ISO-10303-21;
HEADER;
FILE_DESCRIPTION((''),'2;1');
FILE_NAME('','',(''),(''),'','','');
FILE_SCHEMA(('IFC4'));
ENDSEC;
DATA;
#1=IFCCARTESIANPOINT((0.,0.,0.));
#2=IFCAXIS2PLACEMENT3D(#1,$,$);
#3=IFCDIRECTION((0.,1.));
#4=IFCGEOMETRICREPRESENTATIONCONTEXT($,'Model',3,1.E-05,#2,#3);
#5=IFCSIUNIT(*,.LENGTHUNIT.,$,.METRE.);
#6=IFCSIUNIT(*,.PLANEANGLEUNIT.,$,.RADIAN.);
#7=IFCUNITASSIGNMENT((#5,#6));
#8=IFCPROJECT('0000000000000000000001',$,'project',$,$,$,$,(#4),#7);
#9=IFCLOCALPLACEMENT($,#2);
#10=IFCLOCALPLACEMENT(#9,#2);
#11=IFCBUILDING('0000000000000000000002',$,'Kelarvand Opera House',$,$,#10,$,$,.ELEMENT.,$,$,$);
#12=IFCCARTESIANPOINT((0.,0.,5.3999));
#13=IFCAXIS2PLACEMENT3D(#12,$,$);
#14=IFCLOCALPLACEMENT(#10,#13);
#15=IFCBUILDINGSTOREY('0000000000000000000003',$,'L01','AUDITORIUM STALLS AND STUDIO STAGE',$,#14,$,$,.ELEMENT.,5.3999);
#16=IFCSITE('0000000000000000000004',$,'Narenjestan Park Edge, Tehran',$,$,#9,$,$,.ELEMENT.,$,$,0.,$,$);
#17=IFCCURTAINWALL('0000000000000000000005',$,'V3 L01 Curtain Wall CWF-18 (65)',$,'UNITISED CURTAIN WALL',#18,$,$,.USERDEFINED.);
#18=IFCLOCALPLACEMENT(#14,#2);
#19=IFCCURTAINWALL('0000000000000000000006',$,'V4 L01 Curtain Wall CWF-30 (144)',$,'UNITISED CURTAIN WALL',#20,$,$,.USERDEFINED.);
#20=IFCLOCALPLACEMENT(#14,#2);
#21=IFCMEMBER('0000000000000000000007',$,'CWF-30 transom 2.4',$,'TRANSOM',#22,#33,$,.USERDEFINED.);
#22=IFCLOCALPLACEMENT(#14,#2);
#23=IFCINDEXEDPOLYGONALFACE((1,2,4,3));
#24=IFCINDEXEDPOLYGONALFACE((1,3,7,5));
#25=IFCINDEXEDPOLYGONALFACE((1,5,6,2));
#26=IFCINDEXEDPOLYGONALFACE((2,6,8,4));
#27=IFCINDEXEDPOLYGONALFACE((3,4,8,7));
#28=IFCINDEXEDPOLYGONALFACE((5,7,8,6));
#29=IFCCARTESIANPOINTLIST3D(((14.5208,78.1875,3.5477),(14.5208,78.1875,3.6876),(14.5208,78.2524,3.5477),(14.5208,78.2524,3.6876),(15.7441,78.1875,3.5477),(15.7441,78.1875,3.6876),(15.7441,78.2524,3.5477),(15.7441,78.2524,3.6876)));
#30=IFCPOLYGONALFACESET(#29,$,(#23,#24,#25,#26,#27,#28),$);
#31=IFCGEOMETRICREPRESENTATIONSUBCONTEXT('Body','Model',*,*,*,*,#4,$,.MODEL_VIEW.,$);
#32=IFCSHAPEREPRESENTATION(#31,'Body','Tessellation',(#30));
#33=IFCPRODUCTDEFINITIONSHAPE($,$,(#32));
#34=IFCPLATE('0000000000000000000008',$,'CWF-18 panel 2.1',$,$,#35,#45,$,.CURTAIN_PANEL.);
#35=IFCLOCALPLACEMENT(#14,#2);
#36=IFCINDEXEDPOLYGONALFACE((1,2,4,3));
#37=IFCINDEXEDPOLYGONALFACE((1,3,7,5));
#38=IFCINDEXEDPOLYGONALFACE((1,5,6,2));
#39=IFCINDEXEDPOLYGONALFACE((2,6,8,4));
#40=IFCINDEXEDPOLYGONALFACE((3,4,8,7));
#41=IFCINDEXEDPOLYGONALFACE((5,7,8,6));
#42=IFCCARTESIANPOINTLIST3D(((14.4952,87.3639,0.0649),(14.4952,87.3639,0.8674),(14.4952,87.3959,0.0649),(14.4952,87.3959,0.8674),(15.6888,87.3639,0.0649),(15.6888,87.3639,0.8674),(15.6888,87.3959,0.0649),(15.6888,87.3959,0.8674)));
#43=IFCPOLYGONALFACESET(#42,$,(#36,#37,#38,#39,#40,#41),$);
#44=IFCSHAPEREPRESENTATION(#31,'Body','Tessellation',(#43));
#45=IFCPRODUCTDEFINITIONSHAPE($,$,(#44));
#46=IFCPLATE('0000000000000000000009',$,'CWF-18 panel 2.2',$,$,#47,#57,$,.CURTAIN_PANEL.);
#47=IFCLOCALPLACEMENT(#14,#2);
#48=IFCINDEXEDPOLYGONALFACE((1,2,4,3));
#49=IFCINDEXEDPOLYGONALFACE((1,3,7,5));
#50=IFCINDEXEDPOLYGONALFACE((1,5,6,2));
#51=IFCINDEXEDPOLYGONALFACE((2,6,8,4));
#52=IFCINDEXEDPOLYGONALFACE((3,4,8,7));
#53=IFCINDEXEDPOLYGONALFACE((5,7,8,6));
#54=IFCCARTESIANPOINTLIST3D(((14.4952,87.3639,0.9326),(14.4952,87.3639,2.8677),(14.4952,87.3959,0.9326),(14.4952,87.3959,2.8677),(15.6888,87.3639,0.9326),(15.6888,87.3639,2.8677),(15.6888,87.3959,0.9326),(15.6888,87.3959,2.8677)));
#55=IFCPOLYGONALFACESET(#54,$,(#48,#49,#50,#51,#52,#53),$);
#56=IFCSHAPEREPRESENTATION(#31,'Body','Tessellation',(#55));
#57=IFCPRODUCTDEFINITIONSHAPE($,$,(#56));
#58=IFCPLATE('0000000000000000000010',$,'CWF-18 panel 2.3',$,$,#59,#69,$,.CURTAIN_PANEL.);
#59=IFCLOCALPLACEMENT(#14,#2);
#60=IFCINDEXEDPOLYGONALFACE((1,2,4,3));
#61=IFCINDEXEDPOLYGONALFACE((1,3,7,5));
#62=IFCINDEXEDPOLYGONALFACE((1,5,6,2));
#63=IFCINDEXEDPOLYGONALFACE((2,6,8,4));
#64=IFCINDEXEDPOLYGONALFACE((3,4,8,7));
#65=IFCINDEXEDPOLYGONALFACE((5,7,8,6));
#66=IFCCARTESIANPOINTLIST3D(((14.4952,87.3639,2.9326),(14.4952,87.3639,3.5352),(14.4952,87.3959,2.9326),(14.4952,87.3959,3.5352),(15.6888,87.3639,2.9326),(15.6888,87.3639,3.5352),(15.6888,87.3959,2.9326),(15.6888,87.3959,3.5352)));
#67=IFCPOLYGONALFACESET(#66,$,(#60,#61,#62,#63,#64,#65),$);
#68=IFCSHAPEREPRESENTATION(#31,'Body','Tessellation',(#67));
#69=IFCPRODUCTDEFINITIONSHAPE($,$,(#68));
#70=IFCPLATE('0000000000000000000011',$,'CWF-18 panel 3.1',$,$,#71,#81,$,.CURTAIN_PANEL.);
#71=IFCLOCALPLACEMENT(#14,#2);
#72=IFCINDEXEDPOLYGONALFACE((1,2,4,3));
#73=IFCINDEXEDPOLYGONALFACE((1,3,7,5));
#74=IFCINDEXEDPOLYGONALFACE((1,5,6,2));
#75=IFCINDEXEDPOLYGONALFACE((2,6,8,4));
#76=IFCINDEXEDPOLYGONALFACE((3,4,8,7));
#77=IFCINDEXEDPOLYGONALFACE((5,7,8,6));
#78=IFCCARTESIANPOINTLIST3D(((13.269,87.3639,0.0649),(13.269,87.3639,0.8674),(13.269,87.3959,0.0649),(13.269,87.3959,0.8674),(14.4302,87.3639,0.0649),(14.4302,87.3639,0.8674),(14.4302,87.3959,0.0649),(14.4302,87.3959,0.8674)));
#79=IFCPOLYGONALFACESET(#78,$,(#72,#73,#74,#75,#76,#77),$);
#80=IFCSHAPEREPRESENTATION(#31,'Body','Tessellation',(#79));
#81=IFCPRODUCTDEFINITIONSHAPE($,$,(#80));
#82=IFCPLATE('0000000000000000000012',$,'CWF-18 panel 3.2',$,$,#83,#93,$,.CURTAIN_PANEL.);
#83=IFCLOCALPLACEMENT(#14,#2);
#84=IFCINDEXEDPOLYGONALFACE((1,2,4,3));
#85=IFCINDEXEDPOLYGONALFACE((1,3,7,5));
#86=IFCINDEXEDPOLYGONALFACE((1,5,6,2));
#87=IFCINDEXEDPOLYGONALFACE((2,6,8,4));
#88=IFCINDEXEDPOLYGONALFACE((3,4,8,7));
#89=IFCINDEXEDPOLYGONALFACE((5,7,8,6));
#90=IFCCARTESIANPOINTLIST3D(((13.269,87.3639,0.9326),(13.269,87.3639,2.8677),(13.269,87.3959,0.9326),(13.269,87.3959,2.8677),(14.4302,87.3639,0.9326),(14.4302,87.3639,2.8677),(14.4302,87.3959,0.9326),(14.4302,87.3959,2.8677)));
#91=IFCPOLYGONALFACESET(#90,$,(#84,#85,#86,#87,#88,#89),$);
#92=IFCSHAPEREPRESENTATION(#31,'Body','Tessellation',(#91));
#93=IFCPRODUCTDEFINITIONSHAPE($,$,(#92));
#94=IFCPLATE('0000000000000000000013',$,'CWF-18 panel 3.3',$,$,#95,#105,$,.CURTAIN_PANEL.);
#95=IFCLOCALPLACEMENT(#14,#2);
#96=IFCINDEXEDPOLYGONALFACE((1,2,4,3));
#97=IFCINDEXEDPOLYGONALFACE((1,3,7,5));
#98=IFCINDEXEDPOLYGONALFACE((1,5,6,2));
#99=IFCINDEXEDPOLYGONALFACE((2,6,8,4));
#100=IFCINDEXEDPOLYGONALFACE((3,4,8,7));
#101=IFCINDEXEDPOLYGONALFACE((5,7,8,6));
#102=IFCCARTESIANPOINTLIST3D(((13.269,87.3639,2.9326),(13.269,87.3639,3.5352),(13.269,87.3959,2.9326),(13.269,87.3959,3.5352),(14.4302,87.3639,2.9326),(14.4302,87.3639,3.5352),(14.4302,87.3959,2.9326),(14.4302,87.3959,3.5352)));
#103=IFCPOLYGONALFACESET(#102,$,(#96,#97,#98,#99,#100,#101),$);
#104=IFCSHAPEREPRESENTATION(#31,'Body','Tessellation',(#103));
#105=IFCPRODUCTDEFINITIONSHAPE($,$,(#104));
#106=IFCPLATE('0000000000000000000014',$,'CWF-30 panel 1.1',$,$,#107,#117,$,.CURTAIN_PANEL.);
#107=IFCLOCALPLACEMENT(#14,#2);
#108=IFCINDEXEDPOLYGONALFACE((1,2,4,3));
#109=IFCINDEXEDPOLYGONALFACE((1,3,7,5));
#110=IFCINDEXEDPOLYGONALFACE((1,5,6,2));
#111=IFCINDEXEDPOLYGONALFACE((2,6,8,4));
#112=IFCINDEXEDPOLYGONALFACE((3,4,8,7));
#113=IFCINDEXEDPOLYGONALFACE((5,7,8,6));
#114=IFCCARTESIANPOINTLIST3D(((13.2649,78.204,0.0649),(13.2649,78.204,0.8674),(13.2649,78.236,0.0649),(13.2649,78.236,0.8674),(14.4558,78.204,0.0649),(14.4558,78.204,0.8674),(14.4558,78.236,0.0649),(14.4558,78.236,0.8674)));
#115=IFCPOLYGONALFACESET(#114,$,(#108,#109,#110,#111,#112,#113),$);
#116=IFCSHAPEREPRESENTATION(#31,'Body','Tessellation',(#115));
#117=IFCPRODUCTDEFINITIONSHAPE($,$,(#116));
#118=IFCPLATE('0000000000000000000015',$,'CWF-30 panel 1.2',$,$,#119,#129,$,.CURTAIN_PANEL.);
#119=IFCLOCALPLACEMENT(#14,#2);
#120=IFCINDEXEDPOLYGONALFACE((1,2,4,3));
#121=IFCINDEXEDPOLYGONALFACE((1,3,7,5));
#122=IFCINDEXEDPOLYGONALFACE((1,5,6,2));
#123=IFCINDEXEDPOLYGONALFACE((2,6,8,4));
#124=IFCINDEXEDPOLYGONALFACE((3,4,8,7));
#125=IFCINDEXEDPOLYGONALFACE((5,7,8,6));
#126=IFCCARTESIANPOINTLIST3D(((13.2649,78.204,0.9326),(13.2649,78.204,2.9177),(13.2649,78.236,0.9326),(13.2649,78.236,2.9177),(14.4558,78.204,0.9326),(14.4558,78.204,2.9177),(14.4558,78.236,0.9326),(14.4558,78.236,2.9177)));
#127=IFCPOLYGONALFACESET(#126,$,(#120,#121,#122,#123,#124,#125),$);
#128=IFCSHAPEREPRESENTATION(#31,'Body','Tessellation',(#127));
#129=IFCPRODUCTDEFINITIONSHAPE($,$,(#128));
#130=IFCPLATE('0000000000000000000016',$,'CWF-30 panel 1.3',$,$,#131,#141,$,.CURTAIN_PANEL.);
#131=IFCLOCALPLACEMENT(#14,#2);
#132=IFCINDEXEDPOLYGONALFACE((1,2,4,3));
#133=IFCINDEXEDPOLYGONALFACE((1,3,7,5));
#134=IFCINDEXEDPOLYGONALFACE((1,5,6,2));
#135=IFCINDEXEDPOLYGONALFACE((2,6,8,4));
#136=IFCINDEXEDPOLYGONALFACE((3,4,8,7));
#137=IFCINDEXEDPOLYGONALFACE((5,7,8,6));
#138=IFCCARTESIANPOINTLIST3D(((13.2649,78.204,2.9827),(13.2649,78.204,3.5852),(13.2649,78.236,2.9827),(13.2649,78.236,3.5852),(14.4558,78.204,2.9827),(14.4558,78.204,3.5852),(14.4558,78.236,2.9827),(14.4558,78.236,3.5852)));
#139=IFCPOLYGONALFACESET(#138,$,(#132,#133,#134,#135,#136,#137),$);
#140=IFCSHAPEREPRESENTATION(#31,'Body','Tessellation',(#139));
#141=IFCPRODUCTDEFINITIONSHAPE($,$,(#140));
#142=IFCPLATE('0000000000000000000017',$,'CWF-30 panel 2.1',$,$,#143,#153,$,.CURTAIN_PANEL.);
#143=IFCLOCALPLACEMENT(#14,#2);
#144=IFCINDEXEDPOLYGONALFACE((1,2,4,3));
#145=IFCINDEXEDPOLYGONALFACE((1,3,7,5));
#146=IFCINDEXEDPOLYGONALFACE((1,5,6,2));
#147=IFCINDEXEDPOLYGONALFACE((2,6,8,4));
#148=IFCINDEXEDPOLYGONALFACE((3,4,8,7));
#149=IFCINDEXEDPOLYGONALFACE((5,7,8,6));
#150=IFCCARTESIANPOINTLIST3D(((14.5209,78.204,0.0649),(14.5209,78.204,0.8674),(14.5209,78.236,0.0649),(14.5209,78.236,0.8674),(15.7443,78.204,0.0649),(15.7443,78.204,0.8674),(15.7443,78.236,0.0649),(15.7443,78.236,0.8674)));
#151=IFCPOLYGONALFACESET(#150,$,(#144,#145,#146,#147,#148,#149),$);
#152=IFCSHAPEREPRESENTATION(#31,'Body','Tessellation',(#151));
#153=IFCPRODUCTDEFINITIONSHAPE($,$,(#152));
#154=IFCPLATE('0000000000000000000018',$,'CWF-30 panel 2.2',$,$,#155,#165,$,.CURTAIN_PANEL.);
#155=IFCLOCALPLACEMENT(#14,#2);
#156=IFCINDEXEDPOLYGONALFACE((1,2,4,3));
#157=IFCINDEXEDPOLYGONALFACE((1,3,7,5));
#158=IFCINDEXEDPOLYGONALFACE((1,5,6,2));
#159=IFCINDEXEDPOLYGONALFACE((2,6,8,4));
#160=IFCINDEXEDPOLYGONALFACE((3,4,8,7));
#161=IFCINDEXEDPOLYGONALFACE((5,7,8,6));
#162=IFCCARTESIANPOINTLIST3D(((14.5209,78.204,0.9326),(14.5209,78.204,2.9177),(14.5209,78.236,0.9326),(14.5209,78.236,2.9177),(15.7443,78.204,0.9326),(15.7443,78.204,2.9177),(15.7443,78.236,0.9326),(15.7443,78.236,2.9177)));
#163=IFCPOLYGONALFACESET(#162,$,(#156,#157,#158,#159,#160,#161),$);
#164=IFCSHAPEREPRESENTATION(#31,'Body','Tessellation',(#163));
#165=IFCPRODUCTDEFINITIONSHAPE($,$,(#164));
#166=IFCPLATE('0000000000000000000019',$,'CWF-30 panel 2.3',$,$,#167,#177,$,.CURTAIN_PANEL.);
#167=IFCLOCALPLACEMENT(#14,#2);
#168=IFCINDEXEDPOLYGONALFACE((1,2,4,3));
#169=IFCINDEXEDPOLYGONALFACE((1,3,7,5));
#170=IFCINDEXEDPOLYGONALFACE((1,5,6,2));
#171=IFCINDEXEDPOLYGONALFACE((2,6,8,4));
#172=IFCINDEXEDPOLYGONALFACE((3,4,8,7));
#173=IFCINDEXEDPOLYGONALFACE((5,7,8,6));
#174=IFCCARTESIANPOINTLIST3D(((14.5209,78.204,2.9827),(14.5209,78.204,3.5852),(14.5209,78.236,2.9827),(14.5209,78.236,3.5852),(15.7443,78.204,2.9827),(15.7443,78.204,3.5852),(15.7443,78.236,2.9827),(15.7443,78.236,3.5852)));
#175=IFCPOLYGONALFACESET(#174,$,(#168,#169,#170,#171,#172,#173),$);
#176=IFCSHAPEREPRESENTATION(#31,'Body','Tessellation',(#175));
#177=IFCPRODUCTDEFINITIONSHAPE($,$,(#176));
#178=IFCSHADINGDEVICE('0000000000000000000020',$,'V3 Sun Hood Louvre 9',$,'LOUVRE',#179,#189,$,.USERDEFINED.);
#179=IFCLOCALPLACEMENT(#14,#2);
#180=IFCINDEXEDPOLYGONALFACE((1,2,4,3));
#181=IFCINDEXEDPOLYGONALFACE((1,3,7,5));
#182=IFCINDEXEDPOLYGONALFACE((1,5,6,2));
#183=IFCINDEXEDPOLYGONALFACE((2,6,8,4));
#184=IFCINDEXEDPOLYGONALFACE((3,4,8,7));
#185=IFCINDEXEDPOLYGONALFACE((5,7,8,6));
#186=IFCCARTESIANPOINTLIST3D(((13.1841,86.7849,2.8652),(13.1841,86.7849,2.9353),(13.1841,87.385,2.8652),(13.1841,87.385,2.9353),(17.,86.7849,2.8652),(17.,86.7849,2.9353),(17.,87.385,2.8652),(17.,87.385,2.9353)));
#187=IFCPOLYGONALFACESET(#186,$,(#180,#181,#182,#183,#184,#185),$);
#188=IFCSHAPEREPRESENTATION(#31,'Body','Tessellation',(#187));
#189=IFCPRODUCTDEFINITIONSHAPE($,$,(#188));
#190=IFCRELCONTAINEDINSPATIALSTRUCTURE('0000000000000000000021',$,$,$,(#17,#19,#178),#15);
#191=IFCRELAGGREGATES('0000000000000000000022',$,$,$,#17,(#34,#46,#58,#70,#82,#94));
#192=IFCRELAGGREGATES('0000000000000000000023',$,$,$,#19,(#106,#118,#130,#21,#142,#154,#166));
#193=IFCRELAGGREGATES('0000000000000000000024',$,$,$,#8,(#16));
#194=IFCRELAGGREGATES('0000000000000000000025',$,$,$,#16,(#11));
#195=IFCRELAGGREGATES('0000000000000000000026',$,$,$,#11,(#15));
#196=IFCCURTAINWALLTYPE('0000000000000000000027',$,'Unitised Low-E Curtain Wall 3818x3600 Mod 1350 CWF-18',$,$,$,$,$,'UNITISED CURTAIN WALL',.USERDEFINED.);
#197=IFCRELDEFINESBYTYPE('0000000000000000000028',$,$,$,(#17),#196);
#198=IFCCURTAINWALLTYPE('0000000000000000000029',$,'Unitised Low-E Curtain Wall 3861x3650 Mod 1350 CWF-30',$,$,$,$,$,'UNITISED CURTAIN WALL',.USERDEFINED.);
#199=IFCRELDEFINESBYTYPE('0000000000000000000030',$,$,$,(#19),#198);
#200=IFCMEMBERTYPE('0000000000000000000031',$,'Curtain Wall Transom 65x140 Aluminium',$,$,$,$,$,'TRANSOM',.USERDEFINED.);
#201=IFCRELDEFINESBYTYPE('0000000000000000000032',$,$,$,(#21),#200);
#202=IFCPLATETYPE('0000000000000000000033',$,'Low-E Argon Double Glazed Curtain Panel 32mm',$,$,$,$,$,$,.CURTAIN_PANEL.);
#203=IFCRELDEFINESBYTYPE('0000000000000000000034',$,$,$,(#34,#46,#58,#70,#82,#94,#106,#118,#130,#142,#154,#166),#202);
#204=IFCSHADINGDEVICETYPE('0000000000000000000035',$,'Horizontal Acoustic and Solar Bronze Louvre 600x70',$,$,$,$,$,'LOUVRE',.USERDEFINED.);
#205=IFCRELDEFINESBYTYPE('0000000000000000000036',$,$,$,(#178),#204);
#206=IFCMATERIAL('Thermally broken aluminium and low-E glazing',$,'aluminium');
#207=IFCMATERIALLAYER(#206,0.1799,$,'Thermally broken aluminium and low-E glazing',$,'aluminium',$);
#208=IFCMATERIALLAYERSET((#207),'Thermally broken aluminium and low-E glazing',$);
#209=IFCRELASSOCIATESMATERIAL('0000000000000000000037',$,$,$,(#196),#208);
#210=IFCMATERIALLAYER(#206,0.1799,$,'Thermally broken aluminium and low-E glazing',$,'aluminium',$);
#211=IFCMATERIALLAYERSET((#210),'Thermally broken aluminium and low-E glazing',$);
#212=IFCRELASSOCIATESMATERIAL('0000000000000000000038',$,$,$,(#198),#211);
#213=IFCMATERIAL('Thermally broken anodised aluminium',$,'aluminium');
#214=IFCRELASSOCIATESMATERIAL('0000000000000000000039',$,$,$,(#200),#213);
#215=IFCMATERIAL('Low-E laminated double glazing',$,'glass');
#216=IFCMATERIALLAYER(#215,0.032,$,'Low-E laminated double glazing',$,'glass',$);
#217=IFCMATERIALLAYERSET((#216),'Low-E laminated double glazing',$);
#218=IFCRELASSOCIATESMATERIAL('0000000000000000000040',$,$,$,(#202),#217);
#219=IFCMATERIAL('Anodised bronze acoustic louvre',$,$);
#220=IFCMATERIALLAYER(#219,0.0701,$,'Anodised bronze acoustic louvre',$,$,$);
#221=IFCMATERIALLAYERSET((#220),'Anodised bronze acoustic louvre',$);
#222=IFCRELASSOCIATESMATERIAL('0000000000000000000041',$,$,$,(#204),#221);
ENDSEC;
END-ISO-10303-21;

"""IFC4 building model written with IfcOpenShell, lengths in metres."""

from ifc_helpers import new_model, si_unit, direction, frame, origin, origin_2d, place, context, subcontext, project, spatial, rectangle, extrude, material, layer, layer_set, material_profile, profile_set, type_object, element, aggregate, save


model = new_model("IFC4")

# Units and contexts
model_context = context("Model", 3, precision=1e-05, world=origin(), true_north=direction((0.0, 1.0)))
body_context = subcontext(model_context, "Body", "Model", "MODEL_VIEW")
ifc_project = project(units=[si_unit("LENGTHUNIT", "METRE"), si_unit("PLANEANGLEUNIT", "RADIAN")], contexts=[model_context])

# Site, building, storey
site_placement = place(None, origin())
site = spatial("IfcSite", under=ifc_project, at=site_placement, Name="Narenjestan Park Edge, Tehran", CompositionType="ELEMENT", RefElevation=0.0)
building_placement = place(site_placement, origin())
building = spatial("IfcBuilding", under=site, at=building_placement, Name="Kelarvand Opera House", CompositionType="ELEMENT")
storey_placement = place(building_placement, frame((0.0, 0.0, 5.3999)))
storey = spatial("IfcBuildingStorey", under=building, at=storey_placement, Name="L01", Description="AUDITORIUM STALLS AND STUDIO STAGE", CompositionType="ELEMENT", Elevation=5.3999)

# Curtain wall
ifc_material_1 = material(Name="Thermally broken aluminium and low-E glazing", Category="aluminium")
ifc_layer_1 = layer(ifc_material_1, 0.1799, Name="Thermally broken aluminium and low-E glazing", Category="aluminium")
ifc_layer_set_1 = layer_set([ifc_layer_1], Name="Thermally broken aluminium and low-E glazing")
curtain_wall_type_1 = type_object("IfcCurtainWallType", Name="Unitised Low-E Curtain Wall 3818x3600 Mod 1350 CWF-18", ElementType="UNITISED CURTAIN WALL", PredefinedType="USERDEFINED", material=ifc_layer_set_1)
curtain_wall_1_placement = place(storey_placement, origin())
curtain_wall_1 = element("IfcCurtainWall", 1, at=curtain_wall_1_placement, inside=storey, type_object=curtain_wall_type_1, Name="V3 L01 Curtain Wall CWF-18 (65)", ObjectType="UNITISED CURTAIN WALL", PredefinedType="USERDEFINED")
ifc_material_2 = material(Name="Thermally broken anodised aluminium", Category="aluminium")

# Curtain wall
ifc_layer_2 = layer(ifc_material_1, 0.1799, Name="Thermally broken aluminium and low-E glazing", Category="aluminium")
ifc_layer_set_2 = layer_set([ifc_layer_2], Name="Thermally broken aluminium and low-E glazing")
curtain_wall_type_2 = type_object("IfcCurtainWallType", Name="Unitised Low-E Curtain Wall 3861x3650 Mod 1350 CWF-30", ElementType="UNITISED CURTAIN WALL", PredefinedType="USERDEFINED", material=ifc_layer_set_2)
curtain_wall_2_placement = place(storey_placement, origin())
curtain_wall_2 = element("IfcCurtainWall", 2, at=curtain_wall_2_placement, inside=storey, type_object=curtain_wall_type_2, Name="V4 L01 Curtain Wall CWF-30 (144)", ObjectType="UNITISED CURTAIN WALL", PredefinedType="USERDEFINED")

# Member
ifc_material_profile_1 = material_profile(ifc_material_2, rectangle(XDim=0.0649, YDim=0.1399, at=origin_2d()), Name="ALU TRANSOM 65x140", Category="aluminium")
ifc_profile_set_1 = profile_set([ifc_material_profile_1], Name="Thermally broken anodised aluminium")
member_type_1 = type_object("IfcMemberType", Name="Curtain Wall Transom 65x140 Aluminium", ElementType="TRANSOM", PredefinedType="USERDEFINED", material=ifc_profile_set_1)
member_1_placement = place(storey_placement, frame((14.5208, 78.22, 3.6177), z_axis=(1.0, 0.0, 0.0), x_axis=(0.0, 1.0, 0.0)))
member_1 = element("IfcMember", 3, at=member_1_placement, type_object=member_type_1, Name="CWF-30 transom 2.4", ObjectType="TRANSOM", PredefinedType="USERDEFINED", context=body_context, shape_type="SweptSolid", body=[
    extrude(rectangle(XDim=0.0649, YDim=0.1399, at=origin_2d()), origin(), (0.0, 0.0, 1.0), 1.2234),
])

# Plates
ifc_material_3 = material(Name="Low-E laminated double glazing", Category="glass")
ifc_layer_3 = layer(ifc_material_3, 0.032, Name="Low-E laminated double glazing", Category="glass")
ifc_layer_set_3 = layer_set([ifc_layer_3], Name="Low-E laminated double glazing")
plate_type = type_object("IfcPlateType", Name="Low-E Argon Double Glazed Curtain Panel 32mm", PredefinedType="CURTAIN_PANEL", material=ifc_layer_set_3)
plate_1_placement = place(storey_placement, frame((15.092, 87.3799, 0.0649), z_axis=(0.0, 0.0, 1.0), x_axis=(-1.0, 0.0, 0.0)))
plate_1 = element("IfcPlate", 4, at=plate_1_placement, type_object=plate_type, Name="CWF-18 panel 2.1", PredefinedType="CURTAIN_PANEL", context=body_context, shape_type="SweptSolid", body=[
    extrude(rectangle(XDim=1.1936, YDim=0.032, at=origin_2d()), origin(), (0.0, 0.0, 1.0), 0.8025),
])
plate_2_placement = place(storey_placement, frame((15.092, 87.3799, 0.9326), z_axis=(0.0, 0.0, 1.0), x_axis=(-1.0, 0.0, 0.0)))
plate_2 = element("IfcPlate", 5, at=plate_2_placement, type_object=plate_type, Name="CWF-18 panel 2.2", PredefinedType="CURTAIN_PANEL", context=body_context, shape_type="SweptSolid", body=[
    extrude(rectangle(XDim=1.1936, YDim=0.032, at=origin_2d()), origin(), (0.0, 0.0, 1.0), 1.9351),
])
plate_3_placement = place(storey_placement, frame((15.092, 87.3799, 2.9326), z_axis=(0.0, 0.0, 1.0), x_axis=(-1.0, 0.0, 0.0)))
plate_3 = element("IfcPlate", 6, at=plate_3_placement, type_object=plate_type, Name="CWF-18 panel 2.3", PredefinedType="CURTAIN_PANEL", context=body_context, shape_type="SweptSolid", body=[
    extrude(rectangle(XDim=1.1936, YDim=0.032, at=origin_2d()), origin(), (0.0, 0.0, 1.0), 0.6025),
])
plate_4_placement = place(storey_placement, frame((13.8496, 87.3799, 0.0649), z_axis=(0.0, 0.0, 1.0), x_axis=(-1.0, 0.0, 0.0)))
plate_4 = element("IfcPlate", 7, at=plate_4_placement, type_object=plate_type, Name="CWF-18 panel 3.1", PredefinedType="CURTAIN_PANEL", context=body_context, shape_type="SweptSolid", body=[
    extrude(rectangle(XDim=1.1611, YDim=0.032, at=origin_2d()), origin(), (0.0, 0.0, 1.0), 0.8025),
])
plate_5_placement = place(storey_placement, frame((13.8496, 87.3799, 0.9326), z_axis=(0.0, 0.0, 1.0), x_axis=(-1.0, 0.0, 0.0)))
plate_5 = element("IfcPlate", 8, at=plate_5_placement, type_object=plate_type, Name="CWF-18 panel 3.2", PredefinedType="CURTAIN_PANEL", context=body_context, shape_type="SweptSolid", body=[
    extrude(rectangle(XDim=1.1611, YDim=0.032, at=origin_2d()), origin(), (0.0, 0.0, 1.0), 1.9351),
])
plate_6_placement = place(storey_placement, frame((13.8496, 87.3799, 2.9326), z_axis=(0.0, 0.0, 1.0), x_axis=(-1.0, 0.0, 0.0)))
plate_6 = element("IfcPlate", 9, at=plate_6_placement, type_object=plate_type, Name="CWF-18 panel 3.3", PredefinedType="CURTAIN_PANEL", context=body_context, shape_type="SweptSolid", body=[
    extrude(rectangle(XDim=1.1611, YDim=0.032, at=origin_2d()), origin(), (0.0, 0.0, 1.0), 0.6025),
])
aggregate(curtain_wall_1, [plate_1, plate_2, plate_3, plate_4, plate_5, plate_6])
plate_7_placement = place(storey_placement, frame((13.8604, 78.22, 0.0649), z_axis=(0.0, 0.0, 1.0), x_axis=(1.0, 0.0, 0.0)))
plate_7 = element("IfcPlate", 10, at=plate_7_placement, type_object=plate_type, Name="CWF-30 panel 1.1", PredefinedType="CURTAIN_PANEL", context=body_context, shape_type="SweptSolid", body=[
    extrude(rectangle(XDim=1.1909, YDim=0.032, at=origin_2d()), origin(), (0.0, 0.0, 1.0), 0.8025),
])
plate_8_placement = place(storey_placement, frame((13.8604, 78.22, 0.9326), z_axis=(0.0, 0.0, 1.0), x_axis=(1.0, 0.0, 0.0)))
plate_8 = element("IfcPlate", 11, at=plate_8_placement, type_object=plate_type, Name="CWF-30 panel 1.2", PredefinedType="CURTAIN_PANEL", context=body_context, shape_type="SweptSolid", body=[
    extrude(rectangle(XDim=1.1909, YDim=0.032, at=origin_2d()), origin(), (0.0, 0.0, 1.0), 1.9851),
])
plate_9_placement = place(storey_placement, frame((13.8604, 78.22, 2.9827), z_axis=(0.0, 0.0, 1.0), x_axis=(1.0, 0.0, 0.0)))
plate_9 = element("IfcPlate", 12, at=plate_9_placement, type_object=plate_type, Name="CWF-30 panel 1.3", PredefinedType="CURTAIN_PANEL", context=body_context, shape_type="SweptSolid", body=[
    extrude(rectangle(XDim=1.1909, YDim=0.032, at=origin_2d()), origin(), (0.0, 0.0, 1.0), 0.6025),
])
plate_10_placement = place(storey_placement, frame((15.1326, 78.22, 0.0649), z_axis=(0.0, 0.0, 1.0), x_axis=(1.0, 0.0, 0.0)))
plate_10 = element("IfcPlate", 13, at=plate_10_placement, type_object=plate_type, Name="CWF-30 panel 2.1", PredefinedType="CURTAIN_PANEL", context=body_context, shape_type="SweptSolid", body=[
    extrude(rectangle(XDim=1.2234, YDim=0.032, at=origin_2d()), origin(), (0.0, 0.0, 1.0), 0.8025),
])
plate_11_placement = place(storey_placement, frame((15.1326, 78.22, 0.9326), z_axis=(0.0, 0.0, 1.0), x_axis=(1.0, 0.0, 0.0)))
plate_11 = element("IfcPlate", 14, at=plate_11_placement, type_object=plate_type, Name="CWF-30 panel 2.2", PredefinedType="CURTAIN_PANEL", context=body_context, shape_type="SweptSolid", body=[
    extrude(rectangle(XDim=1.2234, YDim=0.032, at=origin_2d()), origin(), (0.0, 0.0, 1.0), 1.9851),
])
plate_12_placement = place(storey_placement, frame((15.1326, 78.22, 2.9827), z_axis=(0.0, 0.0, 1.0), x_axis=(1.0, 0.0, 0.0)))
plate_12 = element("IfcPlate", 15, at=plate_12_placement, type_object=plate_type, Name="CWF-30 panel 2.3", PredefinedType="CURTAIN_PANEL", context=body_context, shape_type="SweptSolid", body=[
    extrude(rectangle(XDim=1.2234, YDim=0.032, at=origin_2d()), origin(), (0.0, 0.0, 1.0), 0.6025),
])
aggregate(curtain_wall_2, [plate_7, plate_8, plate_9, member_1, plate_10, plate_11, plate_12])

# Shading device
ifc_material_4 = material(Name="Anodised bronze acoustic louvre")
ifc_layer_4 = layer(ifc_material_4, 0.0701, Name="Anodised bronze acoustic louvre")
ifc_layer_set_4 = layer_set([ifc_layer_4], Name="Anodised bronze acoustic louvre")
shading_device_type = type_object("IfcShadingDeviceType", Name="Horizontal Acoustic and Solar Bronze Louvre 600x70", ElementType="LOUVRE", PredefinedType="USERDEFINED", material=ifc_layer_set_4)
shading_device_placement = place(storey_placement, frame((15.092, 87.085, 2.8652), z_axis=(0.0, 0.0, 1.0), x_axis=(-1.0, 0.0, 0.0)))
element("IfcShadingDevice", 16, at=shading_device_placement, inside=storey, type_object=shading_device_type, Name="V3 Sun Hood Louvre 9", ObjectType="LOUVRE", PredefinedType="USERDEFINED", context=body_context, shape_type="SweptSolid", body=[
    extrude(rectangle(XDim=3.8159, YDim=0.6001, at=origin_2d()), origin(), (0.0, 0.0, 1.0), 0.0701),
])

save(model, "model.ifc")
